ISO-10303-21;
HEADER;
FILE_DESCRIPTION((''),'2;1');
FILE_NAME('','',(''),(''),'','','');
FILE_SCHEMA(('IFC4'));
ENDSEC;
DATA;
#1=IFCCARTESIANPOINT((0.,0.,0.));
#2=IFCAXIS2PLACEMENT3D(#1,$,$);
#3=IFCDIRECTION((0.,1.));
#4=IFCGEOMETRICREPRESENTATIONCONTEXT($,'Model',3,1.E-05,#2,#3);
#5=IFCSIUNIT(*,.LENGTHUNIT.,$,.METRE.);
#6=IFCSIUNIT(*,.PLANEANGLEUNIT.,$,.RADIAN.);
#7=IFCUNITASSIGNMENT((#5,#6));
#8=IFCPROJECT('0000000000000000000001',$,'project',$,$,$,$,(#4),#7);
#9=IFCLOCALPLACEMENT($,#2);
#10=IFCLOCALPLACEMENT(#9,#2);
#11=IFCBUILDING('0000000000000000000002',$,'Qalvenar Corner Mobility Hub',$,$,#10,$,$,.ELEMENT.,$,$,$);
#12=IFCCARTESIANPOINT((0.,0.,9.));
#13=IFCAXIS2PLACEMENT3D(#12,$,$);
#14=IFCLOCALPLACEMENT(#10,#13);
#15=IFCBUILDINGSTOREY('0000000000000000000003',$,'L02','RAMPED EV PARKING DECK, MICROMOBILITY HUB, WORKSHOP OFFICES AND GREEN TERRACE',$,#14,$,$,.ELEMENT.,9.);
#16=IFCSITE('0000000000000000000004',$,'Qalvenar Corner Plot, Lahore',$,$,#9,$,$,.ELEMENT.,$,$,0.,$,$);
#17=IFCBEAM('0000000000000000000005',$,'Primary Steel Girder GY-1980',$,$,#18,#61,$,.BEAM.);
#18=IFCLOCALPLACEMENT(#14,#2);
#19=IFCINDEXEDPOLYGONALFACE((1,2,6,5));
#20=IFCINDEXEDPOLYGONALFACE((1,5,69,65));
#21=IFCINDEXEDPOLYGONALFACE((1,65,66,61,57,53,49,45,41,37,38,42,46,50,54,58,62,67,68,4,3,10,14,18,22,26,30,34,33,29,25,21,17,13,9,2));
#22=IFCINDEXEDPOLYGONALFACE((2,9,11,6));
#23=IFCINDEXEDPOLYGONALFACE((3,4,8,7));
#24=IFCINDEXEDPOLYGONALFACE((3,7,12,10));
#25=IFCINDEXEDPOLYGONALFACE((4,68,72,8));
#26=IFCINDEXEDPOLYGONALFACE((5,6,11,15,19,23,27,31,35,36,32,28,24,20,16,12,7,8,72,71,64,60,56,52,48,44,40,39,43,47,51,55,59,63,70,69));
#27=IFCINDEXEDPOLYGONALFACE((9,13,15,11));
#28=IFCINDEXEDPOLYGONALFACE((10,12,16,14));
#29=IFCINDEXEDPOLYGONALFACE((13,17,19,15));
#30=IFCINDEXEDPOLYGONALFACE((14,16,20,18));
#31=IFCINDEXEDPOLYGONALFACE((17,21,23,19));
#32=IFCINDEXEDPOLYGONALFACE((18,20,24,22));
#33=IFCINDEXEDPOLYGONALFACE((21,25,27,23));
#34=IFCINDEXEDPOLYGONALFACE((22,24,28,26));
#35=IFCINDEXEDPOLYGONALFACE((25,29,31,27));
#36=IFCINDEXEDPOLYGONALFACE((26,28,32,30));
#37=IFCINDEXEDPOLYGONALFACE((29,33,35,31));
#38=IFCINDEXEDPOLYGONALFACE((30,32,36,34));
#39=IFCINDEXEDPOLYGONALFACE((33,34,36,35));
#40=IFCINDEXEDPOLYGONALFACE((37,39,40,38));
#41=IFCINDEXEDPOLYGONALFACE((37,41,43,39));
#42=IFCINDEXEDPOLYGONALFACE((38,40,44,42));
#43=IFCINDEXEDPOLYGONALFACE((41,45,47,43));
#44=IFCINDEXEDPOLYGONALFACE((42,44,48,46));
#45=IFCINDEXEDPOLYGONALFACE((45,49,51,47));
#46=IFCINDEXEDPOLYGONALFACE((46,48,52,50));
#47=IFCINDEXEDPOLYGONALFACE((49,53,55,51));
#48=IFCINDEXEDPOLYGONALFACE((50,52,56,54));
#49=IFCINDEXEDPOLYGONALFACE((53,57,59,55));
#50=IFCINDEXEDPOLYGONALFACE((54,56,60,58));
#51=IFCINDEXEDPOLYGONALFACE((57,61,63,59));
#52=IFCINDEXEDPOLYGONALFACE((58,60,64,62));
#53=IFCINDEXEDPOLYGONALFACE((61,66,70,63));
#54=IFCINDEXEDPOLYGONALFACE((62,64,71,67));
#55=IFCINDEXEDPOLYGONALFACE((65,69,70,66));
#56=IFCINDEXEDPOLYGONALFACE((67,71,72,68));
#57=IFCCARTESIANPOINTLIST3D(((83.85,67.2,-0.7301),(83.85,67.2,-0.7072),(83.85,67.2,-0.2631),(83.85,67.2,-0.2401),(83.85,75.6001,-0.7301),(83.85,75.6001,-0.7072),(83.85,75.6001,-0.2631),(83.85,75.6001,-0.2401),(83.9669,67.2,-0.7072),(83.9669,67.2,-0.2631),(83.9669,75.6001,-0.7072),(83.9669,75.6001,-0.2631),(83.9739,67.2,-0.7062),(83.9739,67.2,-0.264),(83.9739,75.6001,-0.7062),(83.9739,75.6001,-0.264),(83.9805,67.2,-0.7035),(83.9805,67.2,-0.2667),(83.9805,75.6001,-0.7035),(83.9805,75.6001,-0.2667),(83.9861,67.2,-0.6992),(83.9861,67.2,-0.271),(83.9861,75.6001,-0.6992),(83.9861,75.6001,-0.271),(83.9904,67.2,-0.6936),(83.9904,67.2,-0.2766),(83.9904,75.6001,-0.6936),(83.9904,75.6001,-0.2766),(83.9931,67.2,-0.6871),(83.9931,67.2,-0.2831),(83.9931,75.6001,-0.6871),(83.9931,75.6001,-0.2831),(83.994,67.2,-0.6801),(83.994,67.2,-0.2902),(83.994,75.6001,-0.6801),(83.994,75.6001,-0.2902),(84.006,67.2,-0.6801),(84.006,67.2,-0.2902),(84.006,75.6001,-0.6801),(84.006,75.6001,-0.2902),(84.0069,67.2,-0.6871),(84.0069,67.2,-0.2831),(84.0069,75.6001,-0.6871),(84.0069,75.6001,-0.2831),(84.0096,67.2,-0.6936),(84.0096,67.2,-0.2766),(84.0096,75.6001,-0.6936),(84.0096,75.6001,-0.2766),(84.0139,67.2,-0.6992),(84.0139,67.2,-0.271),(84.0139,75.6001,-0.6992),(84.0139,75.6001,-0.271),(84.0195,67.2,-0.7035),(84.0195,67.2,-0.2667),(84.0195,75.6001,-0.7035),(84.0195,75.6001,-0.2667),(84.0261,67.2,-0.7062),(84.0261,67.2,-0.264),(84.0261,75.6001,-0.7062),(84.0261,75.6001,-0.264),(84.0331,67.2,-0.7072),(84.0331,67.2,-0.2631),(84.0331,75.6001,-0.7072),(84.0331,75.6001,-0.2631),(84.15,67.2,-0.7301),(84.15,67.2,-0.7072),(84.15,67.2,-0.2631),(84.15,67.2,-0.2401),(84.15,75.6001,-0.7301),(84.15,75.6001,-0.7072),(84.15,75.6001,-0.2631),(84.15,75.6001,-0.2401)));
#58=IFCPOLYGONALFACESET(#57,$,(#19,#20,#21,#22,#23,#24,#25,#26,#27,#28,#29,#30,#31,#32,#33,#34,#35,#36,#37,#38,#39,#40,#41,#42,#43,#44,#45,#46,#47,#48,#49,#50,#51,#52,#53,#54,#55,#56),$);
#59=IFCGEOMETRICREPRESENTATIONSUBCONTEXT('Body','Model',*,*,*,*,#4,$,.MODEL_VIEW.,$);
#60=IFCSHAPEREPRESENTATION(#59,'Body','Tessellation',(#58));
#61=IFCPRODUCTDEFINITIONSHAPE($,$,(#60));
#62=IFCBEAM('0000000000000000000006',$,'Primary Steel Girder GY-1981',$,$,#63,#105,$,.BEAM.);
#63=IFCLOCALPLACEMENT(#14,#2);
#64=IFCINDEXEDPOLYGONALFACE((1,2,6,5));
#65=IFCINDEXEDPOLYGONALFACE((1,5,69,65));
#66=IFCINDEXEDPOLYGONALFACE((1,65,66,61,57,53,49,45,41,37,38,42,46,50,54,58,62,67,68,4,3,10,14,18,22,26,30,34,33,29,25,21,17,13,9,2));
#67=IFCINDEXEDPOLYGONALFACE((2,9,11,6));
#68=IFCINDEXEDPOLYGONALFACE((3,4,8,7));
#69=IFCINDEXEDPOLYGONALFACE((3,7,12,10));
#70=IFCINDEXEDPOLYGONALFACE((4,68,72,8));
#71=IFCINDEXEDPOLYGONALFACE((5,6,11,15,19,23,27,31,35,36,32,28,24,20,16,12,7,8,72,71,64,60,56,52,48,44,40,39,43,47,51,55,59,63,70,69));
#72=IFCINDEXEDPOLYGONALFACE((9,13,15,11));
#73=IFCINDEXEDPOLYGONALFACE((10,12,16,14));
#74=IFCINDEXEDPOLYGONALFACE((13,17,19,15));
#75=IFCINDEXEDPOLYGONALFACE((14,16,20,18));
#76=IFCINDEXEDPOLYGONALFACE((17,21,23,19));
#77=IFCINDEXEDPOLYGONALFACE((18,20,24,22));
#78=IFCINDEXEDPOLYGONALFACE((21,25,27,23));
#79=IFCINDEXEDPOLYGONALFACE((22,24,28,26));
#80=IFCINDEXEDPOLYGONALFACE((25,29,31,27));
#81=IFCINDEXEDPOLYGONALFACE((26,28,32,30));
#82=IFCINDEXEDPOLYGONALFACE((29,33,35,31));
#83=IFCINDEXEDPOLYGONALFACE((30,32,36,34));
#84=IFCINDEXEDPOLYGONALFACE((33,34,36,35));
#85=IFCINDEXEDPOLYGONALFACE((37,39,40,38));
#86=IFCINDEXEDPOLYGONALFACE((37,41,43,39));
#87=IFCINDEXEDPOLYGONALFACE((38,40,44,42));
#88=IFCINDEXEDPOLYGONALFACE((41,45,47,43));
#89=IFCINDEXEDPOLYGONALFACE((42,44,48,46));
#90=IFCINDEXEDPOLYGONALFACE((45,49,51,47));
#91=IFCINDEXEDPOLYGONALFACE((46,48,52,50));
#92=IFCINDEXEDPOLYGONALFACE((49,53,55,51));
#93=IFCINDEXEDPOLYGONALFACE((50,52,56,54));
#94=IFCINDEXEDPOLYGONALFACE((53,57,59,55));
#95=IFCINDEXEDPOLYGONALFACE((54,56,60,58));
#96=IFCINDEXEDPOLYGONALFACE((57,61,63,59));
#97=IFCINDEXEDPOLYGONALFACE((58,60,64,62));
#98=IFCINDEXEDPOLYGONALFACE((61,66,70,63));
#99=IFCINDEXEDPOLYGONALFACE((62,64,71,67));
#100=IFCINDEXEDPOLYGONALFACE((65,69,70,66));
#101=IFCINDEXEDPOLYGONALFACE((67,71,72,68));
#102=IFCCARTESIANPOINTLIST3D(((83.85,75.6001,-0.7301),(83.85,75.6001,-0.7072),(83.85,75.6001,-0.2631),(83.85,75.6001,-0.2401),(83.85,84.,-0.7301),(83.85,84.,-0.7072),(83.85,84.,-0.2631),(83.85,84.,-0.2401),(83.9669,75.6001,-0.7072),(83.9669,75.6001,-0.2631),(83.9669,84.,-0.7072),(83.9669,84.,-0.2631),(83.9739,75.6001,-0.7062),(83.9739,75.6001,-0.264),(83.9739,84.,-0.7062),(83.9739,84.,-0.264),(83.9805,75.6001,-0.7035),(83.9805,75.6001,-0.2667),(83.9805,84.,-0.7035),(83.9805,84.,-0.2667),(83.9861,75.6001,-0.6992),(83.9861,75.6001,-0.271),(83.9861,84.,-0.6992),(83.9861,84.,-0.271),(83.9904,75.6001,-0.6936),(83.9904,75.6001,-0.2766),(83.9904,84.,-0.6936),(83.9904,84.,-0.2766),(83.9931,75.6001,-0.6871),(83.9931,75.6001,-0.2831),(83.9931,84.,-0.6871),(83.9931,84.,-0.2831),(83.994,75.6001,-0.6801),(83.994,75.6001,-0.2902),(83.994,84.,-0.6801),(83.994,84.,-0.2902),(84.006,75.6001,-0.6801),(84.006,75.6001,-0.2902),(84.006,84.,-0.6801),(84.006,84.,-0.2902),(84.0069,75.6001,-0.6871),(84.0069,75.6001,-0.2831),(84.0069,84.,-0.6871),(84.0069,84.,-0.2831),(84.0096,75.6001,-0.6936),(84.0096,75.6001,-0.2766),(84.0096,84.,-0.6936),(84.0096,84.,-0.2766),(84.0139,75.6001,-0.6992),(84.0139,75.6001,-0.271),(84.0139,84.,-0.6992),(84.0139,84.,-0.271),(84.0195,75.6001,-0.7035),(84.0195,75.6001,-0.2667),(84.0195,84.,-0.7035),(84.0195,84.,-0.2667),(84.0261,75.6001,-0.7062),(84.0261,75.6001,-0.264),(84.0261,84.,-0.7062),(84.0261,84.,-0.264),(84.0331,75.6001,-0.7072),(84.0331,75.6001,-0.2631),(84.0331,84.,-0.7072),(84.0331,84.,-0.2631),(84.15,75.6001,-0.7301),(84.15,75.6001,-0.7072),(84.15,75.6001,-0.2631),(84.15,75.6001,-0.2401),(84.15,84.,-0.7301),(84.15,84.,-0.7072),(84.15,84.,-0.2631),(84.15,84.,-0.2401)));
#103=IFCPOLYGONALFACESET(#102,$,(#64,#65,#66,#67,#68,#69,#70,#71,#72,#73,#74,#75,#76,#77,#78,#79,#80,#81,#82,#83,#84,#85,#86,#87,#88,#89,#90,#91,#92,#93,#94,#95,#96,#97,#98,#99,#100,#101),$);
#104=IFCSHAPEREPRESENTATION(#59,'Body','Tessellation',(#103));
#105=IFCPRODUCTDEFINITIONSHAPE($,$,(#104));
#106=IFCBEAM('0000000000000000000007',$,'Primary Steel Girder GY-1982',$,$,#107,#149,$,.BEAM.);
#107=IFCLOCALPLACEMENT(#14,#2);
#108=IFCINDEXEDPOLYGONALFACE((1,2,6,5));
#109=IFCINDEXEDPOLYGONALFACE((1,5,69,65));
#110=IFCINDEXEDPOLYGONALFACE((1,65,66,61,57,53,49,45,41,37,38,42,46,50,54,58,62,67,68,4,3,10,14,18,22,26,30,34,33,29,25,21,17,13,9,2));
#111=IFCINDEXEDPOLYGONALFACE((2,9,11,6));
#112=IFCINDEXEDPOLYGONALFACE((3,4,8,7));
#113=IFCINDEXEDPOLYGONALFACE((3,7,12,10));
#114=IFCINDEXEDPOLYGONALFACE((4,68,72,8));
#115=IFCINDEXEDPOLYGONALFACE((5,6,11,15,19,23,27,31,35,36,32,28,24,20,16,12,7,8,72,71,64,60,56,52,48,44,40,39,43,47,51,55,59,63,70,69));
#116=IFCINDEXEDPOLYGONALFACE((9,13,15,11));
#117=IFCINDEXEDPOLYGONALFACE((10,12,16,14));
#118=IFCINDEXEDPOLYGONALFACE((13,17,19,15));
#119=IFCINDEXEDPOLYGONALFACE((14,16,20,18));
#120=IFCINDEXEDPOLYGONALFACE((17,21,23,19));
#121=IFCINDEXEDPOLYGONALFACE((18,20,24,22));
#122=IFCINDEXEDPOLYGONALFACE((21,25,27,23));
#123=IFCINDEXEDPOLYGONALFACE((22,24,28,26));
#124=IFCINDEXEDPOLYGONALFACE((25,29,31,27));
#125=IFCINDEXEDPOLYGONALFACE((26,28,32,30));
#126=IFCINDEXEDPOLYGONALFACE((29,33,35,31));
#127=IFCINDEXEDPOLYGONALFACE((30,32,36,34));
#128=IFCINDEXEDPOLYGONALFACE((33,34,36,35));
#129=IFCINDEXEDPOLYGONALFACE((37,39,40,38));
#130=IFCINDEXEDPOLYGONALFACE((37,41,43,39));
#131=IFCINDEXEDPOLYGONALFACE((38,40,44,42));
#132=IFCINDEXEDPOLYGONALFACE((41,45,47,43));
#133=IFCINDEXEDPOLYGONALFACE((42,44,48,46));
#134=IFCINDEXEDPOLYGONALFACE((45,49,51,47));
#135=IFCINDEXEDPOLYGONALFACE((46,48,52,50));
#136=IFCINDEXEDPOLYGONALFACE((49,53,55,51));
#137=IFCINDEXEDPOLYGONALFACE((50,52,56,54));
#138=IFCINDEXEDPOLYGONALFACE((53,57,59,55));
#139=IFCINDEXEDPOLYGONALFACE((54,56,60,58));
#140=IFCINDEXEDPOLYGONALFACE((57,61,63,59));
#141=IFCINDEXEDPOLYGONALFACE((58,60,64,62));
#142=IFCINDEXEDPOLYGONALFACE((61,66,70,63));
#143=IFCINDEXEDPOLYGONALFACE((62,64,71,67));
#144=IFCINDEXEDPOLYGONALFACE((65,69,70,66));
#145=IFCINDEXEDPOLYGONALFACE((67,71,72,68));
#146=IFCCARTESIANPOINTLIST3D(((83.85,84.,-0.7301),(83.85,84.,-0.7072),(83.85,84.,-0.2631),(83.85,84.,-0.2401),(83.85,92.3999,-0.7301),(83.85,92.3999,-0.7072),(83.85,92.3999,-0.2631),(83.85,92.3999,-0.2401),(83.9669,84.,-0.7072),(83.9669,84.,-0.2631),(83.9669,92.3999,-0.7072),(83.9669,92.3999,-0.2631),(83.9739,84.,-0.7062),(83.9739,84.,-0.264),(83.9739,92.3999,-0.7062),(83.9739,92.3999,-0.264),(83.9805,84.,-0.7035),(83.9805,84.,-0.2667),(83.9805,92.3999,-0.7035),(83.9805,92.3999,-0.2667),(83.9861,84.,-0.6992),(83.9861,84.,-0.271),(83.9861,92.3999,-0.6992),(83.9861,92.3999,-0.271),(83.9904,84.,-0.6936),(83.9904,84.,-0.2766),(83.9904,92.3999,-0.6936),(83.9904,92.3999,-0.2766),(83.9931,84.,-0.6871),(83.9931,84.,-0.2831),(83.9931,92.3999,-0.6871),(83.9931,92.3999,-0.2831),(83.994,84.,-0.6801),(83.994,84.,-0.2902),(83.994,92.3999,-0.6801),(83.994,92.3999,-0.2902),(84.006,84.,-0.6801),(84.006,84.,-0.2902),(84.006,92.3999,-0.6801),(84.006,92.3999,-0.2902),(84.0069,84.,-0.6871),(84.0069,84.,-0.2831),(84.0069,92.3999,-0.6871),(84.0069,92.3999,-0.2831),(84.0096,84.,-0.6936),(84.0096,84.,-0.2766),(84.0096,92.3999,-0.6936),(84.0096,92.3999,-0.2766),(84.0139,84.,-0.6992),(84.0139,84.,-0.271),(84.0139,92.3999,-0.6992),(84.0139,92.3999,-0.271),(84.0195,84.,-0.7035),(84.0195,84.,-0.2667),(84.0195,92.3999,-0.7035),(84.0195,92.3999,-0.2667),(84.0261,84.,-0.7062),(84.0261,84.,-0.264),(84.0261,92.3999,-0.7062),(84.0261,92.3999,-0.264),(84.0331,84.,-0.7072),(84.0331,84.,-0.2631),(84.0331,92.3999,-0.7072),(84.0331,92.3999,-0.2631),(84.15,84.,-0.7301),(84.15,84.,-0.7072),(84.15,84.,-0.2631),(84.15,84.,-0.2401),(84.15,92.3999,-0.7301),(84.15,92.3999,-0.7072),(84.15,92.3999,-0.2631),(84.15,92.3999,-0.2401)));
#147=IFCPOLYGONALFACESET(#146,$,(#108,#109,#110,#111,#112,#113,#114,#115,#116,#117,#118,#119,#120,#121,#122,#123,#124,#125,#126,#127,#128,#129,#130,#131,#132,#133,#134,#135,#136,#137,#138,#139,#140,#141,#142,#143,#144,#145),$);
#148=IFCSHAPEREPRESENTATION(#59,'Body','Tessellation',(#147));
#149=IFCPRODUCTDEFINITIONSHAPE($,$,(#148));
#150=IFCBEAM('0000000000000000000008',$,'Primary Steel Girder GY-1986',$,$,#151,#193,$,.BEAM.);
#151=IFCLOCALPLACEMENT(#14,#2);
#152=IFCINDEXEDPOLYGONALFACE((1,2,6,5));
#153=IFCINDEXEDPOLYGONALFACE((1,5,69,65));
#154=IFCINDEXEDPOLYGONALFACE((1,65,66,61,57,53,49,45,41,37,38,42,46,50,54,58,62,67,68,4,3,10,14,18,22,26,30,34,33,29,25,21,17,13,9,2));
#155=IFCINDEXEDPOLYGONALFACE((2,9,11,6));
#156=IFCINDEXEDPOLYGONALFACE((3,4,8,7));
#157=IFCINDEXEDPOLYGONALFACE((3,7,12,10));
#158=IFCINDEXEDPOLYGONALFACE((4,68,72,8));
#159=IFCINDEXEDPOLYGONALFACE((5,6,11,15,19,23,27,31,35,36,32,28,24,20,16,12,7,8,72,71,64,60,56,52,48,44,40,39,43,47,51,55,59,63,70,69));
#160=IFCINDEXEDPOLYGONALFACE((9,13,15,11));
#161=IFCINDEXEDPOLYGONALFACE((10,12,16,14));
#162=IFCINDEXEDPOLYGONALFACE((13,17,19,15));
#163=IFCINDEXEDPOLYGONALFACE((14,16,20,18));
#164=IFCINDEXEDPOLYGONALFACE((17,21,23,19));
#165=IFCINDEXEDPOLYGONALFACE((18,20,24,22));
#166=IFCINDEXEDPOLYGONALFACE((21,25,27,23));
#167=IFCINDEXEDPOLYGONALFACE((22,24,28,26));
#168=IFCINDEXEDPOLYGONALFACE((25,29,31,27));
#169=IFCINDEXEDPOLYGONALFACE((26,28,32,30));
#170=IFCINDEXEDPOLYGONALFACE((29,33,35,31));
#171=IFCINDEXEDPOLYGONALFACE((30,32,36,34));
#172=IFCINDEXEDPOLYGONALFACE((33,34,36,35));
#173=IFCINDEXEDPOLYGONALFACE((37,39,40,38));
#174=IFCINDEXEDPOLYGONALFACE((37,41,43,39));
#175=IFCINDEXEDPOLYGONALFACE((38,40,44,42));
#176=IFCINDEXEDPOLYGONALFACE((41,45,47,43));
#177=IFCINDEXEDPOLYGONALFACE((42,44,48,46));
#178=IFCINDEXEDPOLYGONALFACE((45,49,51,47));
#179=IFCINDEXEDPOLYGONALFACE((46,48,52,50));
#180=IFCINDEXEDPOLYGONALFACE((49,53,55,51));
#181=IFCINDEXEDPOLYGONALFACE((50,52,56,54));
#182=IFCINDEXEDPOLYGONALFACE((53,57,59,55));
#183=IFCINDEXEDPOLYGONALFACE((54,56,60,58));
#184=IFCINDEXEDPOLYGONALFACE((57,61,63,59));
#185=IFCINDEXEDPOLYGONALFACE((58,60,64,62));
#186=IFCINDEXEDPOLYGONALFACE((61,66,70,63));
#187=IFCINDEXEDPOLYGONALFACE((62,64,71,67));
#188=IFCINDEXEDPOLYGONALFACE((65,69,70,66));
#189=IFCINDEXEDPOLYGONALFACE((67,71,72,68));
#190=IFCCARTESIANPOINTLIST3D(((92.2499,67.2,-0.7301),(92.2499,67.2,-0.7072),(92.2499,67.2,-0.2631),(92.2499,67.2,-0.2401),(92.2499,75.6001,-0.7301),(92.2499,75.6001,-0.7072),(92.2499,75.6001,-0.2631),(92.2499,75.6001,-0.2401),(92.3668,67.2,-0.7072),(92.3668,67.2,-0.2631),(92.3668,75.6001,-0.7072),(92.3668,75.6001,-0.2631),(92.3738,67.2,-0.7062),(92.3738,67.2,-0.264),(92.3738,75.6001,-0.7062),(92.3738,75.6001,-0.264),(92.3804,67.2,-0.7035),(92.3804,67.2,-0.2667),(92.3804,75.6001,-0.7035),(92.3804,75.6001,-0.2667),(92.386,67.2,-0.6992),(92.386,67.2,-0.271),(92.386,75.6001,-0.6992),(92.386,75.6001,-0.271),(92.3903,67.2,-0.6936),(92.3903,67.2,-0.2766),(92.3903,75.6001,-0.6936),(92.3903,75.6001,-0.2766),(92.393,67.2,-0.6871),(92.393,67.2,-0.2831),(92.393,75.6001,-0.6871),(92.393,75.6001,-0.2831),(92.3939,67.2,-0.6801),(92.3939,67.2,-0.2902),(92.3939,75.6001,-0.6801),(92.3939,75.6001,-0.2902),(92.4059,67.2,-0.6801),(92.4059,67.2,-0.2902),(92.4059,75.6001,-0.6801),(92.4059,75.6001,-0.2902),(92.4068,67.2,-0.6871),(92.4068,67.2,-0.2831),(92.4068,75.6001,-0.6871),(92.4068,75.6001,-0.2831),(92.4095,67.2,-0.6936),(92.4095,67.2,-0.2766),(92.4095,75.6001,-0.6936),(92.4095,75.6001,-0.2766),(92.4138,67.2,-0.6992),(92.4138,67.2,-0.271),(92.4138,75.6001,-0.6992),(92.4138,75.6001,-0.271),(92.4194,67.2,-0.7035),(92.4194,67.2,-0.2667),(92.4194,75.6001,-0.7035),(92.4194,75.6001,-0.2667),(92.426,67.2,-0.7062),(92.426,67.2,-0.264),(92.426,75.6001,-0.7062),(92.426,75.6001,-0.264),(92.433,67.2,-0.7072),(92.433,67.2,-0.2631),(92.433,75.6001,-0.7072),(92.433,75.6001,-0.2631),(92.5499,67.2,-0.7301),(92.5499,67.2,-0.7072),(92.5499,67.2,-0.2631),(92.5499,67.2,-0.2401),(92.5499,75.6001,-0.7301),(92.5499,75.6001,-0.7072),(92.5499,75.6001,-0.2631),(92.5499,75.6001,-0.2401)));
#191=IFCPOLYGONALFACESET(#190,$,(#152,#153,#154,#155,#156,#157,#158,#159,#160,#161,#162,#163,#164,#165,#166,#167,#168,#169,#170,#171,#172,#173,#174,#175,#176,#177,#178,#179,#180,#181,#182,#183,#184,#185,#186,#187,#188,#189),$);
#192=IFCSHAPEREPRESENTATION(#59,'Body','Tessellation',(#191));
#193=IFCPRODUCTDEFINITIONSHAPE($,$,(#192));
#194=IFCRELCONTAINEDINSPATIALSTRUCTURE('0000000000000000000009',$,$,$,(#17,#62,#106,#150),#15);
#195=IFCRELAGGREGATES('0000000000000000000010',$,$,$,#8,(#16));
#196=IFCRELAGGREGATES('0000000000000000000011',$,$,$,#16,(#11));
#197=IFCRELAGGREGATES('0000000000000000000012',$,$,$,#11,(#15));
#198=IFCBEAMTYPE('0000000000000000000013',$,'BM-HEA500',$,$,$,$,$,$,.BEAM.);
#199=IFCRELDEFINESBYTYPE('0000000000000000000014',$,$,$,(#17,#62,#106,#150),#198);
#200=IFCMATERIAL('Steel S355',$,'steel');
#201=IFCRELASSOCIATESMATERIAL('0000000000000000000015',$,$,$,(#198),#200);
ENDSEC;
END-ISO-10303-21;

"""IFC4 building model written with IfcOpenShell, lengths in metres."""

from ifc_helpers import new_model, si_unit, direction, frame, origin, origin_2d, place, context, subcontext, project, spatial, i_section, extrude, material, material_profile, profile_set, type_object, element, save


model = new_model("IFC4")

# Units and contexts
model_context = context("Model", 3, precision=1e-05, world=origin(), true_north=direction((0.0, 1.0)))
body_context = subcontext(model_context, "Body", "Model", "MODEL_VIEW")
ifc_project = project(units=[si_unit("LENGTHUNIT", "METRE"), si_unit("PLANEANGLEUNIT", "RADIAN")], contexts=[model_context])

# Site, building, storey
site_placement = place(None, origin())
site = spatial("IfcSite", under=ifc_project, at=site_placement, Name="Qalvenar Corner Plot, Lahore", CompositionType="ELEMENT", RefElevation=0.0)
building_placement = place(site_placement, origin())
building = spatial("IfcBuilding", under=site, at=building_placement, Name="Qalvenar Corner Mobility Hub", CompositionType="ELEMENT")
storey_placement = place(building_placement, frame((0.0, 0.0, 9.0)))
storey = spatial("IfcBuildingStorey", under=building, at=storey_placement, Name="L02", Description="RAMPED EV PARKING DECK, MICROMOBILITY HUB, WORKSHOP OFFICES AND GREEN TERRACE", CompositionType="ELEMENT", Elevation=9.0)

# Shared definitions
ifc_material_1 = material(Name="Steel S355", Category="steel")

# Beams
ifc_material_profile_1 = material_profile(ifc_material_1, i_section(OverallWidth=0.3, OverallDepth=0.49, WebThickness=0.012, FlangeThickness=0.0229, FilletRadius=0.0271, at=origin_2d()), Name="HEA500")
ifc_profile_set_1 = profile_set([ifc_material_profile_1], Name="Steel S355")
beam_type_1 = type_object("IfcBeamType", Name="BM-HEA500", PredefinedType="BEAM", material=ifc_profile_set_1)
beam_1_placement = place(storey_placement, frame((84.0, 67.2, -0.4851), z_axis=(0.0, 1.0, 0.0), x_axis=(-1.0, 0.0, 0.0)))
element("IfcBeam", 1, at=beam_1_placement, inside=storey, type_object=beam_type_1, Name="Primary Steel Girder GY-1980", PredefinedType="BEAM", context=body_context, shape_type="SweptSolid", body=[
    extrude(i_section(OverallWidth=0.3, OverallDepth=0.49, WebThickness=0.012, FlangeThickness=0.0229, FilletRadius=0.0271, at=origin_2d()), origin(), (0.0, 0.0, 1.0), 8.4001),
])
for number, where, z_axis, x_axis, name in (
    (2, (84.0, 75.6001, -0.4851), (0.0, 1.0, 0.0), (-1.0, 0.0, 0.0), "Primary Steel Girder GY-1981"),
    (3, (84.0, 84.0, -0.4851), (0.0, 1.0, 0.0), (-1.0, 0.0, 0.0), "Primary Steel Girder GY-1982"),
):
    element("IfcBeam", number, at=place(storey_placement, frame(where, z_axis=z_axis, x_axis=x_axis)), inside=storey, type_object=beam_type_1, Name=name, PredefinedType="BEAM", context=body_context, shape_type="SweptSolid", body=[
        extrude(i_section(OverallWidth=0.3, OverallDepth=0.49, WebThickness=0.012, FlangeThickness=0.0229, FilletRadius=0.0271, at=origin_2d()), origin(), (0.0, 0.0, 1.0), 8.3999),
    ])
beam_2_placement = place(storey_placement, frame((92.3999, 67.2, -0.4851), z_axis=(0.0, 1.0, 0.0), x_axis=(-1.0, 0.0, 0.0)))
element("IfcBeam", 4, at=beam_2_placement, inside=storey, type_object=beam_type_1, Name="Primary Steel Girder GY-1986", PredefinedType="BEAM", context=body_context, shape_type="SweptSolid", body=[
    extrude(i_section(OverallWidth=0.3, OverallDepth=0.49, WebThickness=0.012, FlangeThickness=0.0229, FilletRadius=0.0271, at=origin_2d()), origin(), (0.0, 0.0, 1.0), 8.4001),
])

save(model, "model.ifc")
